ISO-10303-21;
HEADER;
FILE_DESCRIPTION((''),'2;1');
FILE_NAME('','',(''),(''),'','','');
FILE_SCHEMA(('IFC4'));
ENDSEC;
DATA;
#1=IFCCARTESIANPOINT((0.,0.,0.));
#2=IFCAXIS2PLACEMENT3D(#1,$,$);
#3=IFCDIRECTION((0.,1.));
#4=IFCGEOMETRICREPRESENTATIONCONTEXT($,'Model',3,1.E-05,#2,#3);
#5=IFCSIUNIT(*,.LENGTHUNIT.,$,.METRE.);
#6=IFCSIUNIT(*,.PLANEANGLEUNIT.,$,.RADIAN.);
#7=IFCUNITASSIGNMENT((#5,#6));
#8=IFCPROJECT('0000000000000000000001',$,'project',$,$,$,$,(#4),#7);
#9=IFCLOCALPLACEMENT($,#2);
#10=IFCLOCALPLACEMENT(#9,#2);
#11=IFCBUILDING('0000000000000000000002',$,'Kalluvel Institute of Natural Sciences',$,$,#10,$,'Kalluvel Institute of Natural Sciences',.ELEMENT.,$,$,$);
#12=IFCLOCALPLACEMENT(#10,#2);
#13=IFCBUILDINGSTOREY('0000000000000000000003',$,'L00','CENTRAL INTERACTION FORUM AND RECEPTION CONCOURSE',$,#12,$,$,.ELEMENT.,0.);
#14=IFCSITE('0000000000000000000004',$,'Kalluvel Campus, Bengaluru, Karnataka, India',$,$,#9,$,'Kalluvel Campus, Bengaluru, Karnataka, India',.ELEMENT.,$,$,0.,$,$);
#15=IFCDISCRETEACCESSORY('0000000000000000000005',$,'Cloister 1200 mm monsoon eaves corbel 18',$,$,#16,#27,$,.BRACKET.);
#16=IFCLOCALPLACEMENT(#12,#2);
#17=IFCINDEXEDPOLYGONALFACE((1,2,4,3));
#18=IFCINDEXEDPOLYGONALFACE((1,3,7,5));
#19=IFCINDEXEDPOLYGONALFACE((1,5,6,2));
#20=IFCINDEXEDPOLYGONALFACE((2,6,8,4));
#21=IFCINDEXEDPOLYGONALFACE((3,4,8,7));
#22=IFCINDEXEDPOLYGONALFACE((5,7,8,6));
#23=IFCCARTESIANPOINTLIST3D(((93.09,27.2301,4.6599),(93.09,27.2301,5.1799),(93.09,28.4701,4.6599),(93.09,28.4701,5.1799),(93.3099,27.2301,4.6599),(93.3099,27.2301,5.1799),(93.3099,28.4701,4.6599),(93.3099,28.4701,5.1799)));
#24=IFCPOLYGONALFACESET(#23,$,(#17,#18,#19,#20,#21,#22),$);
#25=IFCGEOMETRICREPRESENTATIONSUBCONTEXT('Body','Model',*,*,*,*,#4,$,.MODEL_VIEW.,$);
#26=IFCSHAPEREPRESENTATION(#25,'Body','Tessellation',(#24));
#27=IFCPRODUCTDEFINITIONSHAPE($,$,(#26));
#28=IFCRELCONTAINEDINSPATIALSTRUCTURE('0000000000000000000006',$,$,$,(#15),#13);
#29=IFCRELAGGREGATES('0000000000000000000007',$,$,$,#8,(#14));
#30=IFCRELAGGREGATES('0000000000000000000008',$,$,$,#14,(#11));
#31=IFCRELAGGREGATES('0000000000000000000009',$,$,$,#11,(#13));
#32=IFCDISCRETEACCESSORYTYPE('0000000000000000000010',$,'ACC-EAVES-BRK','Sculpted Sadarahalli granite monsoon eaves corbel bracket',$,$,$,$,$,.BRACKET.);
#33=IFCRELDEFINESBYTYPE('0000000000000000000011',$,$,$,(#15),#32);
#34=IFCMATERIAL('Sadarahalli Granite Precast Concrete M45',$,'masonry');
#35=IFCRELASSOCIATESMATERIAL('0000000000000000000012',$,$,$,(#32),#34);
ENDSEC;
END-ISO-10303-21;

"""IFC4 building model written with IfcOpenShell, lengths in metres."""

from ifc_helpers import new_model, si_unit, direction, frame, origin, origin_2d, place, context, subcontext, project, spatial, rectangle, extrude, material, type_object, element, save


model = new_model("IFC4")

# Units and contexts
model_context = context("Model", 3, precision=1e-05, world=origin(), true_north=direction((0.0, 1.0)))
body_context = subcontext(model_context, "Body", "Model", "MODEL_VIEW")
ifc_project = project(units=[si_unit("LENGTHUNIT", "METRE"), si_unit("PLANEANGLEUNIT", "RADIAN")], contexts=[model_context])

# Site, building, storey
site_placement = place(None, origin())
site = spatial("IfcSite", under=ifc_project, at=site_placement, Name="Kalluvel Campus, Bengaluru, Karnataka, India", LongName="Kalluvel Campus, Bengaluru, Karnataka, India", CompositionType="ELEMENT", RefElevation=0.0)
building_placement = place(site_placement, origin())
building = spatial("IfcBuilding", under=site, at=building_placement, Name="Kalluvel Institute of Natural Sciences", LongName="Kalluvel Institute of Natural Sciences", CompositionType="ELEMENT")
storey_placement = place(building_placement, origin())
storey = spatial("IfcBuildingStorey", under=building, at=storey_placement, Name="L00", Description="CENTRAL INTERACTION FORUM AND RECEPTION CONCOURSE", CompositionType="ELEMENT", Elevation=0.0)

# Shared definitions
ifc_material_1 = material(Name="Sadarahalli Granite Precast Concrete M45", Category="masonry")

# Discrete accessory
discrete_accessory_type = type_object("IfcDiscreteAccessoryType", Name="ACC-EAVES-BRK", Description="Sculpted Sadarahalli granite monsoon eaves corbel bracket", PredefinedType="BRACKET", material=ifc_material_1)
for number, where, z_axis, x_axis, name in (
    (1, (93.2, 27.8501, 4.6599), (0.0, 0.0, 1.0), (1.0, 0.0, 0.0), "Cloister 1200 mm monsoon eaves corbel 18"),
):
    element("IfcDiscreteAccessory", number, at=place(storey_placement, frame(where, z_axis=z_axis, x_axis=x_axis)), inside=storey, type_object=discrete_accessory_type, Name=name, PredefinedType="BRACKET", context=body_context, shape_type="SweptSolid", body=[
        extrude(rectangle(XDim=0.22, YDim=1.24, at=origin_2d()), origin(), (0.0, 0.0, 1.0), 0.52),
    ])

save(model, "model.ifc")
